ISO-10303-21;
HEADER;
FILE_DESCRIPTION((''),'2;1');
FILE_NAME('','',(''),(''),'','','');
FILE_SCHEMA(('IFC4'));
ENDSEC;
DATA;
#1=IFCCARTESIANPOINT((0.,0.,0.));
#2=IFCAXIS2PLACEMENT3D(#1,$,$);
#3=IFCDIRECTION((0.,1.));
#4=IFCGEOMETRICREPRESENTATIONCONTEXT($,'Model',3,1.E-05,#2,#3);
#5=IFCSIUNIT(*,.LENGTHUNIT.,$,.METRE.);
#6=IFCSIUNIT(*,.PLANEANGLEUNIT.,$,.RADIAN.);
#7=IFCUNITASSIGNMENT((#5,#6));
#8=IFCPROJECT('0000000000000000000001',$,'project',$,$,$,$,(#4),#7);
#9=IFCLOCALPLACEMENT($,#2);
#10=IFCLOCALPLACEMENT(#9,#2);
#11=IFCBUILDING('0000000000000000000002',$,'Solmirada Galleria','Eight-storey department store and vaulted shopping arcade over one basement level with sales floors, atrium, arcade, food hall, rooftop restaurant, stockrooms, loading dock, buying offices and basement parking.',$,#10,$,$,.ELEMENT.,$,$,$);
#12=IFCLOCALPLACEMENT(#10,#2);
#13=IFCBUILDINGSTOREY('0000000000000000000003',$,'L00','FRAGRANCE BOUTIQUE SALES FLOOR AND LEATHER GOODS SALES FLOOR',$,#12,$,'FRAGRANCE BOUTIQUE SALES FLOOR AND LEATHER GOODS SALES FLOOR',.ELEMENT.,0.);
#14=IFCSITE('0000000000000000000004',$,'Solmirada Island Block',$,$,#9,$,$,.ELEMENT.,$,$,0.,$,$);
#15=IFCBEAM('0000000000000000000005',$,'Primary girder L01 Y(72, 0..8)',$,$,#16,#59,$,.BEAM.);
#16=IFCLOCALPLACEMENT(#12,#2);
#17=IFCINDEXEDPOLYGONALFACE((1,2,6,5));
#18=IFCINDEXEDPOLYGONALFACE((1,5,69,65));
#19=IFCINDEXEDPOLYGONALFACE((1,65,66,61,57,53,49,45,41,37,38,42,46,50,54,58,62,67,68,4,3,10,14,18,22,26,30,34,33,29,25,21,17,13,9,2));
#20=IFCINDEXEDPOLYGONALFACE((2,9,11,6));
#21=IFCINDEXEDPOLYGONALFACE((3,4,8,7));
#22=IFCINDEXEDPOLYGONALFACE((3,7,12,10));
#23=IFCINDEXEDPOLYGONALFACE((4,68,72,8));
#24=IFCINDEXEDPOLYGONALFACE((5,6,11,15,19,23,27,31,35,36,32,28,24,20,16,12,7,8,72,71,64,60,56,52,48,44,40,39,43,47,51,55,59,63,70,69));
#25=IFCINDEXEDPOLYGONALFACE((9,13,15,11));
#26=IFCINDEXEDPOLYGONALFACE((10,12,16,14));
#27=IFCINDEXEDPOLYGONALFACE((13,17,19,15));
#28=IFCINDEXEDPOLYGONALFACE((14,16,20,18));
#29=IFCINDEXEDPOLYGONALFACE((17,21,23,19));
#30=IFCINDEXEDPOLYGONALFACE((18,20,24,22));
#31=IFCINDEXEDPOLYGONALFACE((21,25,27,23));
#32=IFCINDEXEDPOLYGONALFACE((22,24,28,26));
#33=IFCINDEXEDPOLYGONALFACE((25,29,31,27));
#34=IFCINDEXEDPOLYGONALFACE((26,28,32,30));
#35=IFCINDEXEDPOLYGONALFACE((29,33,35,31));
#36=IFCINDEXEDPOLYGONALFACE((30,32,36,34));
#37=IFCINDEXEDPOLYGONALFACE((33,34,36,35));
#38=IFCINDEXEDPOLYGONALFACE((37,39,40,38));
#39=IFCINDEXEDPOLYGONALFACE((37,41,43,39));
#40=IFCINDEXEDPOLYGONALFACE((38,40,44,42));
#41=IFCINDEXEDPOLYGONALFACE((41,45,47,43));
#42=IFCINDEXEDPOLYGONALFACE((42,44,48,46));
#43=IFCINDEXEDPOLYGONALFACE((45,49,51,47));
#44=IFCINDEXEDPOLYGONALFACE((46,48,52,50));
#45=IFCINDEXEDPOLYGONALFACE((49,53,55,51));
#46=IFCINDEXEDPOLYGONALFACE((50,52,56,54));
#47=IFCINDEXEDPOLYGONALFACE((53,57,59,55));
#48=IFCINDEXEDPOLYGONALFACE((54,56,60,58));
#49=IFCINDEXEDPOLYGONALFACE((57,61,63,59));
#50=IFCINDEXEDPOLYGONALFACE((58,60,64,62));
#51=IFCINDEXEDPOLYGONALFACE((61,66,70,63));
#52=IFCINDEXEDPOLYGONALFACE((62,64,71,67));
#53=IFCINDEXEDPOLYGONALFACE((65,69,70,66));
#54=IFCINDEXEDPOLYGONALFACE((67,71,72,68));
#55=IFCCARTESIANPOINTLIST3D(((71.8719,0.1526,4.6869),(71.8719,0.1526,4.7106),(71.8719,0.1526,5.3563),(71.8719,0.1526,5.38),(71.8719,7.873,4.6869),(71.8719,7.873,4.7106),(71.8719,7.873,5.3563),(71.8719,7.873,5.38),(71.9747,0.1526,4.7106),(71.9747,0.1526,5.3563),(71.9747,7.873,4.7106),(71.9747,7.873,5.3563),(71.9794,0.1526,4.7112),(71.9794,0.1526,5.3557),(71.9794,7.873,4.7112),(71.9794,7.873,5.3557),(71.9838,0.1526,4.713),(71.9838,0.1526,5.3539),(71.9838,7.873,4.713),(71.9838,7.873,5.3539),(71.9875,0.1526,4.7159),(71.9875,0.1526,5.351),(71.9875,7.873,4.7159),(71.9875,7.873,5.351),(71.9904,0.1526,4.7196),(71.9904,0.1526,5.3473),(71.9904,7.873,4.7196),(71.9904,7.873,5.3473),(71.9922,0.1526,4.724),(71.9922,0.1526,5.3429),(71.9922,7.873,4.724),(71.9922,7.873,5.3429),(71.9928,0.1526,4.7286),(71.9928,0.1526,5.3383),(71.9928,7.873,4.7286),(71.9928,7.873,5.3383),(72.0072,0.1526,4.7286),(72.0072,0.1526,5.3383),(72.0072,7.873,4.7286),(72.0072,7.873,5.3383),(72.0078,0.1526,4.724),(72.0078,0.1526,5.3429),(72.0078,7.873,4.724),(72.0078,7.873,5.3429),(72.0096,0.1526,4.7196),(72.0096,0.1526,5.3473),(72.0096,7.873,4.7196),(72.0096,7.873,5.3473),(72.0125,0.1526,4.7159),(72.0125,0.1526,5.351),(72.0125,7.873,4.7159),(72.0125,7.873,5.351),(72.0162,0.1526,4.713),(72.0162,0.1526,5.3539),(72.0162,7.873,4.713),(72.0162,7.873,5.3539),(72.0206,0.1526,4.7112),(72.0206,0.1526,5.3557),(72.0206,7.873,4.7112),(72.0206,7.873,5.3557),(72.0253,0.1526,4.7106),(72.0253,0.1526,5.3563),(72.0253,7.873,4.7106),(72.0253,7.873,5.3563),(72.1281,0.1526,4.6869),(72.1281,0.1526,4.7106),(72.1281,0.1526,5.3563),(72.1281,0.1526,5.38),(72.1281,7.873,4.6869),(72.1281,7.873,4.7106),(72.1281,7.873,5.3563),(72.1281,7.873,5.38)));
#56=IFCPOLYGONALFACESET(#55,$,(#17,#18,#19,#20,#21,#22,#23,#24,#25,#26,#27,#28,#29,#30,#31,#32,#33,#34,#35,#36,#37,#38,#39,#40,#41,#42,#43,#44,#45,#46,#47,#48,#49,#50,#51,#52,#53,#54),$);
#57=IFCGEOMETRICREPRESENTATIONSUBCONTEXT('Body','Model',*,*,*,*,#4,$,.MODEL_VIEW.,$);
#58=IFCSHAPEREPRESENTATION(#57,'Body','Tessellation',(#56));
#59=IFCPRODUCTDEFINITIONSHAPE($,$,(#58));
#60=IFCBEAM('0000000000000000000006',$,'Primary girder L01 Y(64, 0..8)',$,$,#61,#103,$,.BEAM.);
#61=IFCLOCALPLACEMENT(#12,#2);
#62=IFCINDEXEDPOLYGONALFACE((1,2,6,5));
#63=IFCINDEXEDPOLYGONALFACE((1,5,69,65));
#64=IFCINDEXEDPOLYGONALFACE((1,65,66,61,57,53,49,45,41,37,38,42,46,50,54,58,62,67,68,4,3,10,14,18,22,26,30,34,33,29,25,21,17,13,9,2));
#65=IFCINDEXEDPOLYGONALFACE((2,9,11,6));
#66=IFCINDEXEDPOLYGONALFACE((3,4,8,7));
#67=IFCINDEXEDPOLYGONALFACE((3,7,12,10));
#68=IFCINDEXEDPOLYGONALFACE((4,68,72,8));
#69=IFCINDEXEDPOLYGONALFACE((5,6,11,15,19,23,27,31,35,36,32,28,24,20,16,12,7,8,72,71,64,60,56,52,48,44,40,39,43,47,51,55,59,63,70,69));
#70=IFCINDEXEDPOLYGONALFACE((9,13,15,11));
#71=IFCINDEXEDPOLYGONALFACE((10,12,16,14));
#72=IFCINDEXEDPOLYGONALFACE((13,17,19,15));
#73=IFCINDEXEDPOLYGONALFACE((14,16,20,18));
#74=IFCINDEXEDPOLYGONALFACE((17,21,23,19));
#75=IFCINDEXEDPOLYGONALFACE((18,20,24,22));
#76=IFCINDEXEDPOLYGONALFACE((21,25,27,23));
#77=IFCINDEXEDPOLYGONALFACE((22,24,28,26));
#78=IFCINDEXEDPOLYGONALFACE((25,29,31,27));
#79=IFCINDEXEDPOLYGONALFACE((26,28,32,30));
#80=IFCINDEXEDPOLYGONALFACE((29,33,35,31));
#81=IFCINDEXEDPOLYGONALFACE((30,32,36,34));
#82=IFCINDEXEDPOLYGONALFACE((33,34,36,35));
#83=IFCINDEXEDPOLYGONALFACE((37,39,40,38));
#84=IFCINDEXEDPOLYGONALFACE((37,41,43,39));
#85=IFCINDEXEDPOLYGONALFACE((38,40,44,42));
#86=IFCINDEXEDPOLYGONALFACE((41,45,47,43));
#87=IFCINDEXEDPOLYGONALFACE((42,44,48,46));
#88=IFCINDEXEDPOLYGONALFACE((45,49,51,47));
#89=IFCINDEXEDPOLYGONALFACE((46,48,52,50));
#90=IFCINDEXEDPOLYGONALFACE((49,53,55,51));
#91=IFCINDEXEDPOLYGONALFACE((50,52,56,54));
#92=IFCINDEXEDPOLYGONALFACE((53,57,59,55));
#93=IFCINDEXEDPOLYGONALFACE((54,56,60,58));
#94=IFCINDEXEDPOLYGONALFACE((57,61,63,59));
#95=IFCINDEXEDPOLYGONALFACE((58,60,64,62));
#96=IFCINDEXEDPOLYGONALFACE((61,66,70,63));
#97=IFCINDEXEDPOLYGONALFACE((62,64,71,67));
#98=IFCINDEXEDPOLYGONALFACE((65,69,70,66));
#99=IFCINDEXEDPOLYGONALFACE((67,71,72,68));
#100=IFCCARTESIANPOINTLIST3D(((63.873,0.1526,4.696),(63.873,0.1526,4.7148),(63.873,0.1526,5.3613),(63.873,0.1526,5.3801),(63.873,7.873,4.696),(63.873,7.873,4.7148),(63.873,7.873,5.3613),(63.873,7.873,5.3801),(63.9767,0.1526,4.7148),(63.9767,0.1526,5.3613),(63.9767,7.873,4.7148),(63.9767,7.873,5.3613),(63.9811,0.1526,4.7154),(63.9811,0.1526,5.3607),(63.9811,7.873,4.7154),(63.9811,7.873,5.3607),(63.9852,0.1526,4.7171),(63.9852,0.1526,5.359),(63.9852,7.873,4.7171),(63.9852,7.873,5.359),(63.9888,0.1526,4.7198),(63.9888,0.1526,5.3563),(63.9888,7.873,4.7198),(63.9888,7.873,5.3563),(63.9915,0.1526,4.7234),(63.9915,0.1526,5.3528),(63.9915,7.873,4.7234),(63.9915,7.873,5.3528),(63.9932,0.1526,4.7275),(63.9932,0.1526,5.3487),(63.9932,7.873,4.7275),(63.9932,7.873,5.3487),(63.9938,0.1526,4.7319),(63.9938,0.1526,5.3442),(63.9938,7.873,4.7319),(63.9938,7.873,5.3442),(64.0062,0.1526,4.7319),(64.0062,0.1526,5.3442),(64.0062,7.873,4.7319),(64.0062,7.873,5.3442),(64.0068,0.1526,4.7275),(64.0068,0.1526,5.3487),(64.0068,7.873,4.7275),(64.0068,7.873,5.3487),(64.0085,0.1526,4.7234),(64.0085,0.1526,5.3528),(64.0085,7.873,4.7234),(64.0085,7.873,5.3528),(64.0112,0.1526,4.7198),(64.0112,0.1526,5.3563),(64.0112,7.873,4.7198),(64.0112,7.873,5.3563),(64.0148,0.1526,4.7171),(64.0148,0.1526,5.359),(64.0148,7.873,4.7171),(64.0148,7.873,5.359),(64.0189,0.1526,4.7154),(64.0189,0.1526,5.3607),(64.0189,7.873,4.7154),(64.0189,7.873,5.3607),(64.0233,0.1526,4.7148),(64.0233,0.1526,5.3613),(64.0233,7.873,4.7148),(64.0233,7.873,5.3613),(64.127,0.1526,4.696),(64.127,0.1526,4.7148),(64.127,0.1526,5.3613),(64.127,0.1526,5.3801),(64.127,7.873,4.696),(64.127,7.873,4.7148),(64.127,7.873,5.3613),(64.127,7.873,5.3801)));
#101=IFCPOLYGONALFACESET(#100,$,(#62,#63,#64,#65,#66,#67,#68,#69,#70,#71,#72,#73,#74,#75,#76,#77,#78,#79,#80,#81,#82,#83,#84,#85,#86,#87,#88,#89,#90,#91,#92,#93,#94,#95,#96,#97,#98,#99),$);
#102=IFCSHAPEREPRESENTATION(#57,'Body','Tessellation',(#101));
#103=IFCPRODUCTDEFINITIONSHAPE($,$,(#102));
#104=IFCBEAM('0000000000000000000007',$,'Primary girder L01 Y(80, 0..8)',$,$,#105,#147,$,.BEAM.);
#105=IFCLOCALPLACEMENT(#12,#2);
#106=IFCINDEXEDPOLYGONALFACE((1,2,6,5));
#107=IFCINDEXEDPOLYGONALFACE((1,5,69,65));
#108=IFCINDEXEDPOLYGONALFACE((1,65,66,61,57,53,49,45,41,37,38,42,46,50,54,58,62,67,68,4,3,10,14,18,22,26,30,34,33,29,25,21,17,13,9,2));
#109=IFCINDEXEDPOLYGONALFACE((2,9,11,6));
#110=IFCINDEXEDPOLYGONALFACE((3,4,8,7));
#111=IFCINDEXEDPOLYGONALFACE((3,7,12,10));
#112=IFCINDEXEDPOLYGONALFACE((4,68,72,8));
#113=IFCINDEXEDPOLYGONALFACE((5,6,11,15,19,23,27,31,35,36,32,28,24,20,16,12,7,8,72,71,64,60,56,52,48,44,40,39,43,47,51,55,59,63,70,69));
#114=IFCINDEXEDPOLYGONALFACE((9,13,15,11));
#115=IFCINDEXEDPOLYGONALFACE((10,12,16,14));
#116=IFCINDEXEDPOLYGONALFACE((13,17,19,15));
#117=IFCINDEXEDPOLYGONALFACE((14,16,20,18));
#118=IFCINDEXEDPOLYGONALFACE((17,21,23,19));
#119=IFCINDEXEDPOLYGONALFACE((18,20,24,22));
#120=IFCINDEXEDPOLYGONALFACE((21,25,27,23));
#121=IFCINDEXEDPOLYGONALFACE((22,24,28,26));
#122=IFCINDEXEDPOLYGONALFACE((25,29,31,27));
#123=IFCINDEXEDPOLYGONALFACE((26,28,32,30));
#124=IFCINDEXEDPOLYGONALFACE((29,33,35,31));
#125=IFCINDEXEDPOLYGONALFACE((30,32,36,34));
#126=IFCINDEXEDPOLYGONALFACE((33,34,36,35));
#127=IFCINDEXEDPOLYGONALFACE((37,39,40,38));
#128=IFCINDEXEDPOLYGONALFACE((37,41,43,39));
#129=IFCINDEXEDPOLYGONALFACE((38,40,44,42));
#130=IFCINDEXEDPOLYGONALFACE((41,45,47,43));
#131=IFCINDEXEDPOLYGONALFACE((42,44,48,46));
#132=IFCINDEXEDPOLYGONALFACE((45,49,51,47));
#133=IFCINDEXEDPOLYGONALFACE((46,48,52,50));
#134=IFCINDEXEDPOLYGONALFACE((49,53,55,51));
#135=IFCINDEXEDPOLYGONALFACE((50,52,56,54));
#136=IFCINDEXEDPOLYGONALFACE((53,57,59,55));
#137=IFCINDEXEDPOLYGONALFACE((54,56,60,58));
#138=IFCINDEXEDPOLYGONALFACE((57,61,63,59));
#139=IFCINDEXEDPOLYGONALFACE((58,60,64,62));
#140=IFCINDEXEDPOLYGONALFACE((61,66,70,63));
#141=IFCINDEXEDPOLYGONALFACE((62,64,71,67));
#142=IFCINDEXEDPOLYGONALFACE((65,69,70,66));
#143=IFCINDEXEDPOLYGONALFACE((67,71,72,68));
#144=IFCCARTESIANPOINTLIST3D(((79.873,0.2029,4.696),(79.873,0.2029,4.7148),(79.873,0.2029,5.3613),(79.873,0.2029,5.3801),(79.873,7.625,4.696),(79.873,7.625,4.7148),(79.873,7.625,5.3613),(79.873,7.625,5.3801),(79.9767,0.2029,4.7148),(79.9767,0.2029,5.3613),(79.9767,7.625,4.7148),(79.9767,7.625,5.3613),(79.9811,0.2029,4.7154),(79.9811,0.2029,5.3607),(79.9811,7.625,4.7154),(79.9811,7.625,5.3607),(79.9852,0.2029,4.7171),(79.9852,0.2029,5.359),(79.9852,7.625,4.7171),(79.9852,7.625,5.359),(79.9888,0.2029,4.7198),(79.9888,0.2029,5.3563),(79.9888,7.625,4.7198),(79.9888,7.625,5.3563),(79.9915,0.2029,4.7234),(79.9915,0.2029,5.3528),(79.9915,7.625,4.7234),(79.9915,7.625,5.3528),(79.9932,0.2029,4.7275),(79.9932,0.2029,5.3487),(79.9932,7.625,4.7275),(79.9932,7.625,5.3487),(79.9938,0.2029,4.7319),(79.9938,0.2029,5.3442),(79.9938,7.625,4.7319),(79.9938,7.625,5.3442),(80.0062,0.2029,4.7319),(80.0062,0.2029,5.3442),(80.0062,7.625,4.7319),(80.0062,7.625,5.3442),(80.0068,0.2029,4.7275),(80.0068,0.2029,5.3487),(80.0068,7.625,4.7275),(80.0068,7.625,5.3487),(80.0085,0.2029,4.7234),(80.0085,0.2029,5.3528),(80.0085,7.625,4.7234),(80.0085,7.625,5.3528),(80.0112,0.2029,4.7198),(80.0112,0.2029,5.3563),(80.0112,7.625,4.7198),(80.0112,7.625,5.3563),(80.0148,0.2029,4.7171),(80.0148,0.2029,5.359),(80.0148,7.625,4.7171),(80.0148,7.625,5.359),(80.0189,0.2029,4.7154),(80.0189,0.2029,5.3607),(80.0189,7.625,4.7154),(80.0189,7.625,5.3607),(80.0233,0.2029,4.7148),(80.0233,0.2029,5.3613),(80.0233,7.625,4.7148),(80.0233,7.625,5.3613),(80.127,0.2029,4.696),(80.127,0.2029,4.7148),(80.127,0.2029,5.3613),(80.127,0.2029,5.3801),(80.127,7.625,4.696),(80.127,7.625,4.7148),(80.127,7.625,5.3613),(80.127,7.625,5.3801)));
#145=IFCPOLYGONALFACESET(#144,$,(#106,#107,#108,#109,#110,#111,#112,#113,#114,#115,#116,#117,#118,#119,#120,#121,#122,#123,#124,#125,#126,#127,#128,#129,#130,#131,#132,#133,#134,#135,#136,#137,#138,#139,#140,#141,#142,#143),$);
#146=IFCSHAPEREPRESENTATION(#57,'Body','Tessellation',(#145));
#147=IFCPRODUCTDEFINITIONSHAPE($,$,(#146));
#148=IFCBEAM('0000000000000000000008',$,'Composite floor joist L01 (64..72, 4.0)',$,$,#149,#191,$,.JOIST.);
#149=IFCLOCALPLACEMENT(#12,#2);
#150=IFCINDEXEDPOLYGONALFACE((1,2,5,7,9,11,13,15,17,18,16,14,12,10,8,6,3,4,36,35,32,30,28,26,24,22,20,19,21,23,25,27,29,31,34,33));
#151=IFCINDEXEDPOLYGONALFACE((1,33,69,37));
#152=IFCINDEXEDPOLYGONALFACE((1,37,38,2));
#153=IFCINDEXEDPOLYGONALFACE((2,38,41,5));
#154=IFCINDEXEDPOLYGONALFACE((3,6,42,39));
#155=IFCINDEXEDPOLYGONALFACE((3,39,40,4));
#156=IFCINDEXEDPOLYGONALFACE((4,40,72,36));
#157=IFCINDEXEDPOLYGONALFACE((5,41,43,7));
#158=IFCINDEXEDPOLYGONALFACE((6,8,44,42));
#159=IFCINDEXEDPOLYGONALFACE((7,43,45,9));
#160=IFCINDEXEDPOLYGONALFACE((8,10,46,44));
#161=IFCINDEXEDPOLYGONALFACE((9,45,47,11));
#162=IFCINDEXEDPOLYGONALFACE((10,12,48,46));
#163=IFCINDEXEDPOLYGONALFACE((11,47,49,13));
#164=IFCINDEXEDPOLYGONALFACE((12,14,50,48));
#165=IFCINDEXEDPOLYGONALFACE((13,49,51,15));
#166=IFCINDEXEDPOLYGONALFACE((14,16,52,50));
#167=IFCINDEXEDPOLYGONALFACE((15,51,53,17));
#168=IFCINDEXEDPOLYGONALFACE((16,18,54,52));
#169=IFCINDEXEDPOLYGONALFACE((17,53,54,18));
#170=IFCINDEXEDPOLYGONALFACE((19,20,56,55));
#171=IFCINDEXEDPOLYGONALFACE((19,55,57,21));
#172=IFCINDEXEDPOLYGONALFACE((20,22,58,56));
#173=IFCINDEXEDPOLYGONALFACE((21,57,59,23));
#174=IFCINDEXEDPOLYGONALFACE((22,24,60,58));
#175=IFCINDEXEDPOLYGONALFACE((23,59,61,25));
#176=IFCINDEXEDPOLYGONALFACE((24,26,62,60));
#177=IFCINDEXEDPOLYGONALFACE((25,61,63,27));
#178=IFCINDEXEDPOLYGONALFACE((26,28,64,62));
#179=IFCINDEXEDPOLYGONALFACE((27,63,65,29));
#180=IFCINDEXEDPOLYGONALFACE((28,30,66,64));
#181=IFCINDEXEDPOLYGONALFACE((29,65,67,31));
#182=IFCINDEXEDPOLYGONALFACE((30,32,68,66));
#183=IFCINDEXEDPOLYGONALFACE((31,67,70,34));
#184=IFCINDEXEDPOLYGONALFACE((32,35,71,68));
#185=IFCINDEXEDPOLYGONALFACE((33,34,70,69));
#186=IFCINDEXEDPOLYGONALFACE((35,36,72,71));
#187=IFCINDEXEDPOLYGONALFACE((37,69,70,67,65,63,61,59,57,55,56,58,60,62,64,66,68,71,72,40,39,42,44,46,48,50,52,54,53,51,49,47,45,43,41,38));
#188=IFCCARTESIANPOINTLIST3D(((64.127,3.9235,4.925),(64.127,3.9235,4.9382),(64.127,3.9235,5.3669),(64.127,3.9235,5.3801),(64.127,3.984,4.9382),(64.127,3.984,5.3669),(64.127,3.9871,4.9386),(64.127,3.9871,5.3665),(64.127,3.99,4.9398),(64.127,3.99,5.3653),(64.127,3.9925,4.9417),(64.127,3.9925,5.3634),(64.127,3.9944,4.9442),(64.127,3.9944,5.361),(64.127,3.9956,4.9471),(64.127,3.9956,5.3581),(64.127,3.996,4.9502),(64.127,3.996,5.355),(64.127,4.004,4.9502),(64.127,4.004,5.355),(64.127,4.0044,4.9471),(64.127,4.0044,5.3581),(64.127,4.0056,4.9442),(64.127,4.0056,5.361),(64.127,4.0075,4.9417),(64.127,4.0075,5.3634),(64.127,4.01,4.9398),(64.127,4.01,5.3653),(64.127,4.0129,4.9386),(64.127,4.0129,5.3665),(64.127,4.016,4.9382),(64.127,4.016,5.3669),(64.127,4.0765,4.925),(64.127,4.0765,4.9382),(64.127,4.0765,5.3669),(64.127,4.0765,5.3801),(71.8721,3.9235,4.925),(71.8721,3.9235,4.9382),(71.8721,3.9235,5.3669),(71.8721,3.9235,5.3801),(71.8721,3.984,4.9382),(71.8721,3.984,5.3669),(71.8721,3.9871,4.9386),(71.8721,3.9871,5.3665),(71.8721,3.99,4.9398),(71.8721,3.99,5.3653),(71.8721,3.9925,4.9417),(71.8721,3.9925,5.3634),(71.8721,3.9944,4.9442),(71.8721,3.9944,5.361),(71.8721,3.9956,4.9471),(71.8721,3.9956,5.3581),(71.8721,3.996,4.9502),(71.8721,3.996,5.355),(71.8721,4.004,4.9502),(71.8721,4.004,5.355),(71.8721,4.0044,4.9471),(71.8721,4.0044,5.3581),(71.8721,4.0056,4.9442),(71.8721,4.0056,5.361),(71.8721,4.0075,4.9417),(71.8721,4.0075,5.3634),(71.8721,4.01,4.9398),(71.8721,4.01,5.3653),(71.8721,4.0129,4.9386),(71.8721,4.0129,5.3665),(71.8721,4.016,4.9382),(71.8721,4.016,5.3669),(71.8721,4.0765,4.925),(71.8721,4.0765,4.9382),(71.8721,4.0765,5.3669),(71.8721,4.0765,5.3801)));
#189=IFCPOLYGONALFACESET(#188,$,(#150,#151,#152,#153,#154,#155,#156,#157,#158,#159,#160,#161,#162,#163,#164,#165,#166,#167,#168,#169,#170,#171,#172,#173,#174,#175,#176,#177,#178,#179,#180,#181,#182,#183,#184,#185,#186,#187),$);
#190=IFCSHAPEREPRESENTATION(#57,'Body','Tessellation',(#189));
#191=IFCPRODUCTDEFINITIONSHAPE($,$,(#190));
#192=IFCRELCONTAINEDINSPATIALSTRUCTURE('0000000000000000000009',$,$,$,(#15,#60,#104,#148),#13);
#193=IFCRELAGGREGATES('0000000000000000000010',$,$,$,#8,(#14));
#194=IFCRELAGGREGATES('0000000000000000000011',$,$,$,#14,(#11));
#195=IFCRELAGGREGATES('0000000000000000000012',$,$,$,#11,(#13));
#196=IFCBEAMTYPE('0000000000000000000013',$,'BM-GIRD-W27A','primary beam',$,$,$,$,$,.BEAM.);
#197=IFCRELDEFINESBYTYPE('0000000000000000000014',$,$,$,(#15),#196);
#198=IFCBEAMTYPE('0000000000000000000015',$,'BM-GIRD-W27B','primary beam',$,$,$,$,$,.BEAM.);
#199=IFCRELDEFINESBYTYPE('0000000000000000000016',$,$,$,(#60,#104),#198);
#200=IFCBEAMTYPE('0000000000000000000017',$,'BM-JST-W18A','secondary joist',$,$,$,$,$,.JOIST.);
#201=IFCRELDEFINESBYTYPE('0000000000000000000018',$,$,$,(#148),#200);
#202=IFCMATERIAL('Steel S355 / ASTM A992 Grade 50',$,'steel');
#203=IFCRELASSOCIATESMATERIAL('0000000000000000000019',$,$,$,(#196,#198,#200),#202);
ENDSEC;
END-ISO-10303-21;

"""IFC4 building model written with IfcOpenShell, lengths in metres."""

from ifc_helpers import new_model, si_unit, direction, frame, origin, origin_2d, place, context, subcontext, project, spatial, i_section, extrude, material, material_profile, profile_set, type_object, element, save


model = new_model("IFC4")

# Units and contexts
model_context = context("Model", 3, precision=1e-05, world=origin(), true_north=direction((0.0, 1.0)))
body_context = subcontext(model_context, "Body", "Model", "MODEL_VIEW")
ifc_project = project(units=[si_unit("LENGTHUNIT", "METRE"), si_unit("PLANEANGLEUNIT", "RADIAN")], contexts=[model_context])

# Site, building, storey
site_placement = place(None, origin())
site = spatial("IfcSite", under=ifc_project, at=site_placement, Name="Solmirada Island Block", CompositionType="ELEMENT", RefElevation=0.0)
building_placement = place(site_placement, origin())
building = spatial("IfcBuilding", under=site, at=building_placement, Name="Solmirada Galleria", Description="Eight-storey department store and vaulted shopping arcade over one basement level with sales floors, atrium, arcade, food hall, rooftop restaurant, stockrooms, loading dock, buying offices and basement parking.", CompositionType="ELEMENT")
storey_placement = place(building_placement, origin())
storey = spatial("IfcBuildingStorey", under=building, at=storey_placement, Name="L00", Description="FRAGRANCE BOUTIQUE SALES FLOOR AND LEATHER GOODS SALES FLOOR", LongName="FRAGRANCE BOUTIQUE SALES FLOOR AND LEATHER GOODS SALES FLOOR", CompositionType="ELEMENT", Elevation=0.0)

# Beams
ifc_material_1 = material(Name="Steel S355 / ASTM A992 Grade 50", Category="steel")
ifc_material_profile_1 = material_profile(ifc_material_1, i_section(OverallWidth=0.2561, OverallDepth=0.6931, WebThickness=0.0144, FlangeThickness=0.0237, FilletRadius=0.0181, at=origin_2d()), Name="W27X114")
ifc_profile_set_1 = profile_set([ifc_material_profile_1], Name="Steel S355 / ASTM A992 Grade 50")
beam_type_1 = type_object("IfcBeamType", Name="BM-GIRD-W27A", Description="primary beam", PredefinedType="BEAM", material=ifc_profile_set_1)
beam_1_placement = place(storey_placement, frame((72.0, 0.1526, 5.0334), z_axis=(0.0, 1.0, 0.0), x_axis=(-1.0, 0.0, 0.0)))
element("IfcBeam", 1, at=beam_1_placement, inside=storey, type_object=beam_type_1, Name="Primary girder L01 Y(72, 0..8)", PredefinedType="BEAM", context=body_context, shape_type="SweptSolid", body=[
    extrude(i_section(OverallWidth=0.2561, OverallDepth=0.6931, WebThickness=0.0144, FlangeThickness=0.0237, FilletRadius=0.0181, at=origin_2d()), origin(), (0.0, 0.0, 1.0), 7.7205),
])
ifc_material_profile_2 = material_profile(ifc_material_1, i_section(OverallWidth=0.2539, OverallDepth=0.6841, WebThickness=0.0125, FlangeThickness=0.0188, FilletRadius=0.0171, at=origin_2d()), Name="W27X94")
ifc_profile_set_2 = profile_set([ifc_material_profile_2], Name="Steel S355 / ASTM A992 Grade 50")
beam_type_2 = type_object("IfcBeamType", Name="BM-GIRD-W27B", Description="primary beam", PredefinedType="BEAM", material=ifc_profile_set_2)
beam_2_placement = place(storey_placement, frame((64.0, 0.1526, 5.0381), z_axis=(0.0, 1.0, 0.0), x_axis=(-1.0, 0.0, 0.0)))
element("IfcBeam", 2, at=beam_2_placement, inside=storey, type_object=beam_type_2, Name="Primary girder L01 Y(64, 0..8)", PredefinedType="BEAM", context=body_context, shape_type="SweptSolid", body=[
    extrude(i_section(OverallWidth=0.2539, OverallDepth=0.6841, WebThickness=0.0125, FlangeThickness=0.0188, FilletRadius=0.0171, at=origin_2d()), origin(), (0.0, 0.0, 1.0), 7.7205),
])
beam_3_placement = place(storey_placement, frame((80.0, 0.2029, 5.0381), z_axis=(0.0, 1.0, 0.0), x_axis=(-1.0, 0.0, 0.0)))
element("IfcBeam", 3, at=beam_3_placement, inside=storey, type_object=beam_type_2, Name="Primary girder L01 Y(80, 0..8)", PredefinedType="BEAM", context=body_context, shape_type="SweptSolid", body=[
    extrude(i_section(OverallWidth=0.2539, OverallDepth=0.6841, WebThickness=0.0125, FlangeThickness=0.0188, FilletRadius=0.0171, at=origin_2d()), origin(), (0.0, 0.0, 1.0), 7.4221),
])
ifc_material_profile_3 = material_profile(ifc_material_1, i_section(OverallWidth=0.1531, OverallDepth=0.4551, WebThickness=0.0081, FlangeThickness=0.0132, FilletRadius=0.012, at=origin_2d()), Name="W18X40")
ifc_profile_set_3 = profile_set([ifc_material_profile_3], Name="Steel S355 / ASTM A992 Grade 50")
beam_type_3 = type_object("IfcBeamType", Name="BM-JST-W18A", Description="secondary joist", PredefinedType="JOIST", material=ifc_profile_set_3)
for number, where, z_axis, x_axis, name in (
    (4, (64.127, 4.0, 5.1526), (1.0, 0.0, 0.0), (0.0, 1.0, 0.0), "Composite floor joist L01 (64..72, 4.0)"),
):
    element("IfcBeam", number, at=place(storey_placement, frame(where, z_axis=z_axis, x_axis=x_axis)), inside=storey, type_object=beam_type_3, Name=name, PredefinedType="JOIST", context=body_context, shape_type="SweptSolid", body=[
        extrude(i_section(OverallWidth=0.1531, OverallDepth=0.4551, WebThickness=0.0081, FlangeThickness=0.0132, FilletRadius=0.012, at=origin_2d()), origin(), (0.0, 0.0, 1.0), 7.7451),
    ])

save(model, "model.ifc")
